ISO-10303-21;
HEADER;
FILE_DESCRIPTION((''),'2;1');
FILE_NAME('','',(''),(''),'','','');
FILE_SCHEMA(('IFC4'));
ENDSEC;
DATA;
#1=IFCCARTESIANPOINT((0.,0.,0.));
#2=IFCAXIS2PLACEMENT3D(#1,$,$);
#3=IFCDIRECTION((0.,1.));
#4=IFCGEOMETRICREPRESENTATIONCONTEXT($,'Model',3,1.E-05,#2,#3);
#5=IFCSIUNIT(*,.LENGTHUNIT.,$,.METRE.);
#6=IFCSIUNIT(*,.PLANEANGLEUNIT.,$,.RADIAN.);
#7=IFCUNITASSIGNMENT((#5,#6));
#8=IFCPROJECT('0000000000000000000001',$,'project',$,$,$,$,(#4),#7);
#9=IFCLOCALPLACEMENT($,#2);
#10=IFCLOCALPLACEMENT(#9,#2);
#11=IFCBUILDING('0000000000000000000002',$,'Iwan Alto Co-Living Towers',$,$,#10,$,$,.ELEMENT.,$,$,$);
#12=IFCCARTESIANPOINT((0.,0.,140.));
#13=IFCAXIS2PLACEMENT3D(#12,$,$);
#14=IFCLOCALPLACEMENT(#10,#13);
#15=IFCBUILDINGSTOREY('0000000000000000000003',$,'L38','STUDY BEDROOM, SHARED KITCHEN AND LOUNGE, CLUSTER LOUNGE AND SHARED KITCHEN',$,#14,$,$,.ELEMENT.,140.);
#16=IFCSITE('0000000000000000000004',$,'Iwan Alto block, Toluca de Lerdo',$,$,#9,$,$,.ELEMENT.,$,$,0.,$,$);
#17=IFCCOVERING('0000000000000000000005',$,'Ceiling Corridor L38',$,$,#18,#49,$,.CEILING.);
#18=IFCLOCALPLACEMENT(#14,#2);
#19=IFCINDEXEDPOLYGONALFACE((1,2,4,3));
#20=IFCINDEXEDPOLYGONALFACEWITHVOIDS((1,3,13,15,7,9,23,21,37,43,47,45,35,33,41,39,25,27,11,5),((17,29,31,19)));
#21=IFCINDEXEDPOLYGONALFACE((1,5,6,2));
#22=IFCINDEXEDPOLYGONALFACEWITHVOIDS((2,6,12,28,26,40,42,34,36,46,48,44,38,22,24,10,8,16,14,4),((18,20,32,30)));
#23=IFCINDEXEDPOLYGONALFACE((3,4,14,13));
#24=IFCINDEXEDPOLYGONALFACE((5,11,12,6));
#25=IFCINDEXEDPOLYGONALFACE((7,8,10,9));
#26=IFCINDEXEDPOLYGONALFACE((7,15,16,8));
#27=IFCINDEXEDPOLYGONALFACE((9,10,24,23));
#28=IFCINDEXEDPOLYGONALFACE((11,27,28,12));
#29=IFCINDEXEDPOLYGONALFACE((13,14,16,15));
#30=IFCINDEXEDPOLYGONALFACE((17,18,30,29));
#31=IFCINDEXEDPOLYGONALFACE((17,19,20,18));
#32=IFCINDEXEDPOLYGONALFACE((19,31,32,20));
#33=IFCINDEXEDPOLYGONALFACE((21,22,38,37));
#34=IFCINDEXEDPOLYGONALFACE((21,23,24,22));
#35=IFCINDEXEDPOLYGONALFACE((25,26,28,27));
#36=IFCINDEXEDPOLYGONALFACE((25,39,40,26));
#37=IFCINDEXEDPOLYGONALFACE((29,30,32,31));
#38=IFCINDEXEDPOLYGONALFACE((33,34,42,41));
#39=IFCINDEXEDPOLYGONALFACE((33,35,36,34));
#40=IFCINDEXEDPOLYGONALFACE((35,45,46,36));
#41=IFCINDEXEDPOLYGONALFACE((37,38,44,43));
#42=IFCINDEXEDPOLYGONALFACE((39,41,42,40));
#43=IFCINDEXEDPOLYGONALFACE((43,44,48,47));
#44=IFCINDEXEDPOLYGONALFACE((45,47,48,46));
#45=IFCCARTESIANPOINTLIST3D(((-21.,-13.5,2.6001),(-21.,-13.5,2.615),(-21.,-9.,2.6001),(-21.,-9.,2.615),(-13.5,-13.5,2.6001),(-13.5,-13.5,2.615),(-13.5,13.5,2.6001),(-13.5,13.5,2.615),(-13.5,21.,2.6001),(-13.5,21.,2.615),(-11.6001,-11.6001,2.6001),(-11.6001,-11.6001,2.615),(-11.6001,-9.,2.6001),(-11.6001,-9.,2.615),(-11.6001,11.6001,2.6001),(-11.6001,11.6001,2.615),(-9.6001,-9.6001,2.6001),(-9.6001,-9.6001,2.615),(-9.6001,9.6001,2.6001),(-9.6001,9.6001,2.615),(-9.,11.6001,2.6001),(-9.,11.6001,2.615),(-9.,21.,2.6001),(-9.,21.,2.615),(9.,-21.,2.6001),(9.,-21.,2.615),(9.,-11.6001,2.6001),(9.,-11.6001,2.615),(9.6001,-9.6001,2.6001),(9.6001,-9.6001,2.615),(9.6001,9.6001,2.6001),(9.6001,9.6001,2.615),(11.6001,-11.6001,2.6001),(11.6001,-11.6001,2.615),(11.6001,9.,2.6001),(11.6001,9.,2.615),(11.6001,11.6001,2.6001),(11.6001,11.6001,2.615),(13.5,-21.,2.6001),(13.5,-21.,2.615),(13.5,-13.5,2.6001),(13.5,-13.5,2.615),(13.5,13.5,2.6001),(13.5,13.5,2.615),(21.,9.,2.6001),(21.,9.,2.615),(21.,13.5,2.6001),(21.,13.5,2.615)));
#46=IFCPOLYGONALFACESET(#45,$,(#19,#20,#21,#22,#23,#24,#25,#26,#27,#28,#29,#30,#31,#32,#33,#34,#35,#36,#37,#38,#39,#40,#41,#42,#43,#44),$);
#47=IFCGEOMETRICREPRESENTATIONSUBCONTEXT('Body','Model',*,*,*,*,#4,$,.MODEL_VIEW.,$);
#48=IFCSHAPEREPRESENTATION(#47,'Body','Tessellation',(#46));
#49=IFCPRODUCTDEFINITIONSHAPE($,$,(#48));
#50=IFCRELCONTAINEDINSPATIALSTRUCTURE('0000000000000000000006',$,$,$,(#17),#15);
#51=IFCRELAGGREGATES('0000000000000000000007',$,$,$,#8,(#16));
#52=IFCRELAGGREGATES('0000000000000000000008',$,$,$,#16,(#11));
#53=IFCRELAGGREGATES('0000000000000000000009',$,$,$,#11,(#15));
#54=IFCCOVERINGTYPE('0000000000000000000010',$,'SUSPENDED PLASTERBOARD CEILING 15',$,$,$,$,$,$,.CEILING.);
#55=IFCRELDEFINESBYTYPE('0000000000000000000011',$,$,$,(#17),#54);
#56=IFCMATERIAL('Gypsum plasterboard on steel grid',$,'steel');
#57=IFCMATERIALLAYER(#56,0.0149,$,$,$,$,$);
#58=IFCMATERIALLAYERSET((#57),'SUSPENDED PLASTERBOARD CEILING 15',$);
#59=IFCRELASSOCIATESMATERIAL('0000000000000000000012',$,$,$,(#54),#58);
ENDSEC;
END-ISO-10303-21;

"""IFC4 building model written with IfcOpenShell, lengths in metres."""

from ifc_helpers import new_model, si_unit, direction, frame, origin, place, context, subcontext, project, spatial, polyline, outline, extrude, material, layer, layer_set, type_object, element, save


model = new_model("IFC4")

# Units and contexts
model_context = context("Model", 3, precision=1e-05, world=origin(), true_north=direction((0.0, 1.0)))
body_context = subcontext(model_context, "Body", "Model", "MODEL_VIEW")
ifc_project = project(units=[si_unit("LENGTHUNIT", "METRE"), si_unit("PLANEANGLEUNIT", "RADIAN")], contexts=[model_context])

# Site, building, storey
site_placement = place(None, origin())
site = spatial("IfcSite", under=ifc_project, at=site_placement, Name="Iwan Alto block, Toluca de Lerdo", CompositionType="ELEMENT", RefElevation=0.0)
building_placement = place(site_placement, origin())
building = spatial("IfcBuilding", under=site, at=building_placement, Name="Iwan Alto Co-Living Towers", CompositionType="ELEMENT")
storey_placement = place(building_placement, frame((0.0, 0.0, 140.0)))
storey = spatial("IfcBuildingStorey", under=building, at=storey_placement, Name="L38", Description="STUDY BEDROOM, SHARED KITCHEN AND LOUNGE, CLUSTER LOUNGE AND SHARED KITCHEN", CompositionType="ELEMENT", Elevation=140.0)

# Covering
ifc_material_1 = material(Name="Gypsum plasterboard on steel grid", Category="steel")
ifc_layer_1 = layer(ifc_material_1, 0.0149)
ifc_layer_set_1 = layer_set([ifc_layer_1], Name="SUSPENDED PLASTERBOARD CEILING 15")
covering_type_1 = type_object("IfcCoveringType", Name="SUSPENDED PLASTERBOARD CEILING 15", PredefinedType="CEILING", material=ifc_layer_set_1)
covering_1_placement = place(storey_placement, frame((0.0, 0.0, 2.6001)))
element("IfcCovering", 1, at=covering_1_placement, inside=storey, type_object=covering_type_1, Name="Ceiling Corridor L38", PredefinedType="CEILING", context=body_context, shape_type="SweptSolid", body=[
    extrude(outline(polyline([(13.5, -21.0), (9.0, -21.0), (9.0, -11.6001), (-11.6001, -11.6001), (-13.5, -13.5), (-21.0, -13.5), (-21.0, -9.0), (-11.6001, -9.0), (-11.6001, 11.6001), (-13.5, 13.5), (-13.5, 21.0), (-9.0, 21.0), (-9.0, 11.6001), (11.6001, 11.6001), (13.5, 13.5), (21.0, 13.5), (21.0, 9.0), (11.6001, 9.0), (11.6001, -11.6001), (13.5, -13.5), (13.5, -21.0)]), holes=[polyline([(9.6001, -9.6001), (9.6001, 9.6001), (-9.6001, 9.6001), (-9.6001, -9.6001), (9.6001, -9.6001)])]), origin(), (0.0, 0.0, 1.0), 0.0149),
])

save(model, "model.ifc")
